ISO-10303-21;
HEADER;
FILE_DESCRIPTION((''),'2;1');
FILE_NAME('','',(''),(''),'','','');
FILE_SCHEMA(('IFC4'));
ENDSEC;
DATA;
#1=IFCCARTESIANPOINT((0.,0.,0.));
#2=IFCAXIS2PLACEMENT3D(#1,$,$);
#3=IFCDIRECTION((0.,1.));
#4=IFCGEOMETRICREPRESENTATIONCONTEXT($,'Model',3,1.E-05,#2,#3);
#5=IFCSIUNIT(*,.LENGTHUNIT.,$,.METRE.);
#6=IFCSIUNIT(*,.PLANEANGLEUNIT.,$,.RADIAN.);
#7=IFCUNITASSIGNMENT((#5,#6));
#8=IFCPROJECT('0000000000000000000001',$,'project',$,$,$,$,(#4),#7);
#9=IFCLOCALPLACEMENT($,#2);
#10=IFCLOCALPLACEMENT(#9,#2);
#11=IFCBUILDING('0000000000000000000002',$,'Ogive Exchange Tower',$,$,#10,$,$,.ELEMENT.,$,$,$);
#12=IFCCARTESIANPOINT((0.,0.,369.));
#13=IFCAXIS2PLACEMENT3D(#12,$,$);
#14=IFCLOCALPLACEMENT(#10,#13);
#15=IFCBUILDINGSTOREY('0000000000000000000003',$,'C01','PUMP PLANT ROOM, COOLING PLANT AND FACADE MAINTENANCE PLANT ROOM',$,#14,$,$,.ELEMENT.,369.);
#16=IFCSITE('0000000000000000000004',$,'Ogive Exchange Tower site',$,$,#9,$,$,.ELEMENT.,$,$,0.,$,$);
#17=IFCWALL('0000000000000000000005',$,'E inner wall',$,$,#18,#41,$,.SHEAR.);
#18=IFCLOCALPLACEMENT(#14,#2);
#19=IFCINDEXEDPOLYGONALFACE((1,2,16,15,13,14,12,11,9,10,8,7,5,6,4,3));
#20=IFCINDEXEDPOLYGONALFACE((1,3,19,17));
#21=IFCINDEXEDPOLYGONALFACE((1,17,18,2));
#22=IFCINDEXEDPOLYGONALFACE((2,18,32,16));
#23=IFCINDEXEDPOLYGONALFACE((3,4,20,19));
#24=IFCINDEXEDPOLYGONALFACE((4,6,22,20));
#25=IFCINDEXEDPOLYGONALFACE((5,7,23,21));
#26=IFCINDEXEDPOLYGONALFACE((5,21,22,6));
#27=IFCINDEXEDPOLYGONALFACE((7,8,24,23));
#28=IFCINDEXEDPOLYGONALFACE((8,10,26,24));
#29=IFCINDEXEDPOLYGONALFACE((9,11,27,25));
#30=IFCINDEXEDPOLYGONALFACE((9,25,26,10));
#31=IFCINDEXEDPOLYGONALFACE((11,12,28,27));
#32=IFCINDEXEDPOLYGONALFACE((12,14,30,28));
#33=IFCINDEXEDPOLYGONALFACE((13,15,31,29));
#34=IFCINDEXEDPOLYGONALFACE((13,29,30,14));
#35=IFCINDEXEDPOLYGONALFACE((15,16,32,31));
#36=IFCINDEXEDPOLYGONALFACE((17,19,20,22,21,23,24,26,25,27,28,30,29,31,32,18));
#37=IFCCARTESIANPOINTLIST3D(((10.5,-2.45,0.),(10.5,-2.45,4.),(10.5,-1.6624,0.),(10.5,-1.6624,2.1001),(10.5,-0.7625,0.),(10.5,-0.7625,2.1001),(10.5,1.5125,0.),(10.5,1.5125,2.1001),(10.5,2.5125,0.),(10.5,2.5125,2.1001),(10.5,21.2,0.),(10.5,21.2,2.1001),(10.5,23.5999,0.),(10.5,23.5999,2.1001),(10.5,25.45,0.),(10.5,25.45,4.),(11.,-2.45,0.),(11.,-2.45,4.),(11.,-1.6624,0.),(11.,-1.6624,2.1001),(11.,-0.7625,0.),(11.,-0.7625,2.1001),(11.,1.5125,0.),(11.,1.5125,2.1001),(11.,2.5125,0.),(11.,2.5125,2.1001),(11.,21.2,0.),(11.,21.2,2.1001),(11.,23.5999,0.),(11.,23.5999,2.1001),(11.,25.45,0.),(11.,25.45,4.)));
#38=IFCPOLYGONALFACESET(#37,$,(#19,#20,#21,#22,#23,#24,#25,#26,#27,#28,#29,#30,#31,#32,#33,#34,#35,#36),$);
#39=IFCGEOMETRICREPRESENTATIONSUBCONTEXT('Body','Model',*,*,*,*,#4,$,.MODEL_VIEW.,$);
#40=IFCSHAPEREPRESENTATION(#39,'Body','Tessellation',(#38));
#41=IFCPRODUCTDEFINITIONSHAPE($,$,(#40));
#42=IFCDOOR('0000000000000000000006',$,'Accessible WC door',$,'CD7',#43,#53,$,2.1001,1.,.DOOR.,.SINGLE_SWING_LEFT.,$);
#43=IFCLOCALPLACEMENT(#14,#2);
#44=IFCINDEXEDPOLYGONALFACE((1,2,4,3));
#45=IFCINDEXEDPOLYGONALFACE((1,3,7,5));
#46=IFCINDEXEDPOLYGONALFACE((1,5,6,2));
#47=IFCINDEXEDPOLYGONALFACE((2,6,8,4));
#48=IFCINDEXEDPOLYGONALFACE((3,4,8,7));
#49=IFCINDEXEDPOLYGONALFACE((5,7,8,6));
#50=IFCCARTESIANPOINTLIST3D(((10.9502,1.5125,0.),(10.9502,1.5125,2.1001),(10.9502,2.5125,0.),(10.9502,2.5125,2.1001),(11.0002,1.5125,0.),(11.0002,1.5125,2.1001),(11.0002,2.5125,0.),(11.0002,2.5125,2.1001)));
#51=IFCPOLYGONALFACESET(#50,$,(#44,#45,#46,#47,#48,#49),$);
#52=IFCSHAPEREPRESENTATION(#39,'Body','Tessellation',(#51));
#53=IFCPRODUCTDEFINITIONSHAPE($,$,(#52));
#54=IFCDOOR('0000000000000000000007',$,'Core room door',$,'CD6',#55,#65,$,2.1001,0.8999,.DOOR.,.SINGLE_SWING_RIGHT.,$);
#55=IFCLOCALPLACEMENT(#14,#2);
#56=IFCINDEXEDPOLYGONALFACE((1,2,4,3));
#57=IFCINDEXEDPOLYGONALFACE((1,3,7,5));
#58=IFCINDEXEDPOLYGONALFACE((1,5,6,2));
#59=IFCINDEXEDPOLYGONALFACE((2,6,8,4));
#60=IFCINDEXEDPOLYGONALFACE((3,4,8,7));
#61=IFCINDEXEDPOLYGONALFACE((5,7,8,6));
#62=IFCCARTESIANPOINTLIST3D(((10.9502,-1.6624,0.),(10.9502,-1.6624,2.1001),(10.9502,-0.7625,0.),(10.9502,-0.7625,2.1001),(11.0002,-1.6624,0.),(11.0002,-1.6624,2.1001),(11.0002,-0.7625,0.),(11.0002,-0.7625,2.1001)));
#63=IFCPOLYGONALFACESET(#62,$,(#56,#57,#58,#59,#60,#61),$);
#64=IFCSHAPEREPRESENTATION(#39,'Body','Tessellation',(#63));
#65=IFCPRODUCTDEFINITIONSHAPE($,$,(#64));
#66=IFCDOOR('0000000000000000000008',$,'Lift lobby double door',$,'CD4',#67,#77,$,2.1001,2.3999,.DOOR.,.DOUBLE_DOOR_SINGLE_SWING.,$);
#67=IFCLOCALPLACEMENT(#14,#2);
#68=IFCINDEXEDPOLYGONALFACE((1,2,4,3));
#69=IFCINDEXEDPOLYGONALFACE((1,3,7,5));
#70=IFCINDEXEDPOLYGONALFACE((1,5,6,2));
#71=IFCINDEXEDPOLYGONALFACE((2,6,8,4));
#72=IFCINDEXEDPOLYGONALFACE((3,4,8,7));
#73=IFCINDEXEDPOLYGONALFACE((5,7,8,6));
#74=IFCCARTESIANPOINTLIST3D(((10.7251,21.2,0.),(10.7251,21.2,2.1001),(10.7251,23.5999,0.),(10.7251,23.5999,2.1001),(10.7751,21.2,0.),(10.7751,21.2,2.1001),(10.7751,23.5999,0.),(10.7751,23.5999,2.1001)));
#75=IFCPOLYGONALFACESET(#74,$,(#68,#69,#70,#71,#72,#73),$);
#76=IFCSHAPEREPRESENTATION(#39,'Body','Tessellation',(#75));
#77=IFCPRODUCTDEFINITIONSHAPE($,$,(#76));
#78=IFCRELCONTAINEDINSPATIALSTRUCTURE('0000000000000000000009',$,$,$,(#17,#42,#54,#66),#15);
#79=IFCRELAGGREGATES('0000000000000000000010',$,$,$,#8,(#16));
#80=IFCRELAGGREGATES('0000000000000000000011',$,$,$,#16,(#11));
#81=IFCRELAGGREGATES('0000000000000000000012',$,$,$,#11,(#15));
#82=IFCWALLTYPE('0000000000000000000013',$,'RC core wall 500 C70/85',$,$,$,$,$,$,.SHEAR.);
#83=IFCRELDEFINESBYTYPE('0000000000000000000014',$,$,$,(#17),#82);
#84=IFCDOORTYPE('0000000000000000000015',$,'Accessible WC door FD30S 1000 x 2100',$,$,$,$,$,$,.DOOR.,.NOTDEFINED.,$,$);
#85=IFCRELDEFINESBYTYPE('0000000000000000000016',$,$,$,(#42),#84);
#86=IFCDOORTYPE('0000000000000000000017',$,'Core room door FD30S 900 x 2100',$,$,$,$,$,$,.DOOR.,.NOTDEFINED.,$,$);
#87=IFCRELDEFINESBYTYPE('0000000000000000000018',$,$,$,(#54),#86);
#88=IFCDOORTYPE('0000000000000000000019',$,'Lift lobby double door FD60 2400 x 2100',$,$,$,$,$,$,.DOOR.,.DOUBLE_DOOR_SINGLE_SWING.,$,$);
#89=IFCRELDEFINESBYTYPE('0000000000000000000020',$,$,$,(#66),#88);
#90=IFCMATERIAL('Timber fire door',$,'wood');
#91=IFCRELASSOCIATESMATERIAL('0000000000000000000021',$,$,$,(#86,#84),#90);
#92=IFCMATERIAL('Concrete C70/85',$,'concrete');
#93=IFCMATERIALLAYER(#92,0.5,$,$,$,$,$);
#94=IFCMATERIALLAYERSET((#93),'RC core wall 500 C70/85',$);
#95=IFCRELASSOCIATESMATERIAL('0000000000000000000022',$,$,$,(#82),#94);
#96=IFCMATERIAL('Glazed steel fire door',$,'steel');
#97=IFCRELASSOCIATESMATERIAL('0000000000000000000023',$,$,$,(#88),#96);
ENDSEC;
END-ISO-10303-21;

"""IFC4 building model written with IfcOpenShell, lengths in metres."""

from ifc_helpers import new_model, si_unit, direction, frame, frame_2d, origin, place, context, subcontext, project, spatial, rectangle, extrude, material, layer, layer_set, type_object, element, fill, save


model = new_model("IFC4")

# Units and contexts
model_context = context("Model", 3, precision=1e-05, world=origin(), true_north=direction((0.0, 1.0)))
body_context = subcontext(model_context, "Body", "Model", "MODEL_VIEW")
ifc_project = project(units=[si_unit("LENGTHUNIT", "METRE"), si_unit("PLANEANGLEUNIT", "RADIAN")], contexts=[model_context])

# Site, building, storey
site_placement = place(None, origin())
site = spatial("IfcSite", under=ifc_project, at=site_placement, Name="Ogive Exchange Tower site", CompositionType="ELEMENT", RefElevation=0.0)
building_placement = place(site_placement, origin())
building = spatial("IfcBuilding", under=site, at=building_placement, Name="Ogive Exchange Tower", CompositionType="ELEMENT")
storey_placement = place(building_placement, frame((0.0, 0.0, 369.0)))
storey = spatial("IfcBuildingStorey", under=building, at=storey_placement, Name="C01", Description="PUMP PLANT ROOM, COOLING PLANT AND FACADE MAINTENANCE PLANT ROOM", CompositionType="ELEMENT", Elevation=369.0)

# Shared definitions
ifc_material_1 = material(Name="Concrete C70/85", Category="concrete")

# Shared definitions
ifc_material_2 = material(Name="Timber fire door", Category="wood")
door_type_1 = type_object("IfcDoorType", Name="Core room door FD30S 900 x 2100", OperationType="NOTDEFINED", PredefinedType="DOOR", material=ifc_material_2)

# Wall, openings, doors
ifc_layer_1 = layer(ifc_material_1, 0.5)
ifc_layer_set_1 = layer_set([ifc_layer_1], Name="RC core wall 500 C70/85")
wall_type_1 = type_object("IfcWallType", Name="RC core wall 500 C70/85", PredefinedType="SHEAR", material=ifc_layer_set_1)
wall_1_placement = place(storey_placement, frame((10.75, -2.45, 0.0), z_axis=(0.0, 0.0, 1.0), x_axis=(0.0, 1.0, 0.0)))
wall_1 = element("IfcWall", 1, at=wall_1_placement, inside=storey, type_object=wall_type_1, Name="E inner wall", PredefinedType="SHEAR", context=body_context, shape_type="SweptSolid", body=[
    extrude(rectangle(XDim=27.8999, YDim=0.5, at=frame_2d((13.95, 0.0))), origin(), (0.0, 0.0, 1.0), 4.0),
])
opening_1_placement = place(wall_1_placement, frame((23.6499, 0.0, 0.0)))
opening_1 = element("IfcOpeningElement", 2, at=opening_1_placement, cuts=wall_1, PredefinedType="OPENING", context=body_context, shape_type="SweptSolid", body=[
    extrude(rectangle(XDim=2.3999, YDim=2.1001, at=frame_2d((1.2, 1.05))), frame((0.0, 0.26, 0.0), z_axis=(0.0, -1.0, 0.0), x_axis=(1.0, 0.0, 0.0)), (0.0, 0.0, 1.0), 0.52),
])
opening_2_placement = place(wall_1_placement, frame((0.7876, 0.0, 0.0)))
opening_2 = element("IfcOpeningElement", 3, at=opening_2_placement, cuts=wall_1, PredefinedType="OPENING", context=body_context, shape_type="SweptSolid", body=[
    extrude(rectangle(XDim=0.8999, YDim=2.1001, at=frame_2d((0.45, 1.05))), frame((0.0, 0.26, 0.0), z_axis=(0.0, -1.0, 0.0), x_axis=(1.0, 0.0, 0.0)), (0.0, 0.0, 1.0), 0.52),
])
opening_3_placement = place(wall_1_placement, frame((3.9624, 0.0, 0.0)))
opening_3 = element("IfcOpeningElement", 4, at=opening_3_placement, cuts=wall_1, PredefinedType="OPENING", context=body_context, shape_type="SweptSolid", body=[
    extrude(rectangle(XDim=1.0, YDim=2.1001, at=frame_2d((0.5, 1.05))), frame((0.0, 0.26, 0.0), z_axis=(0.0, -1.0, 0.0), x_axis=(1.0, 0.0, 0.0)), (0.0, 0.0, 1.0), 0.52),
])
door_type_2 = type_object("IfcDoorType", Name="Accessible WC door FD30S 1000 x 2100", OperationType="NOTDEFINED", PredefinedType="DOOR", material=ifc_material_2)
door_1_placement = place(opening_3_placement, origin())
door_1 = element("IfcDoor", 5, at=door_1_placement, inside=storey, type_object=door_type_2, Name="Accessible WC door", ObjectType="CD7", OperationType="SINGLE_SWING_LEFT", OverallHeight=2.1001, OverallWidth=1.0, PredefinedType="DOOR", context=body_context, shape_type="SweptSolid", body=[
    extrude(rectangle(XDim=1.0, YDim=2.1001, at=frame_2d((0.5, 1.05))), frame((0.0, -0.2002, 0.0), z_axis=(0.0, -1.0, 0.0), x_axis=(1.0, 0.0, 0.0)), (0.0, 0.0, 1.0), 0.05),
])
fill(opening_3, door_1)
door_2_placement = place(opening_2_placement, origin())
door_2 = element("IfcDoor", 6, at=door_2_placement, inside=storey, type_object=door_type_1, Name="Core room door", ObjectType="CD6", OperationType="SINGLE_SWING_RIGHT", OverallHeight=2.1001, OverallWidth=0.8999, PredefinedType="DOOR", context=body_context, shape_type="SweptSolid", body=[
    extrude(rectangle(XDim=0.8999, YDim=2.1001, at=frame_2d((0.45, 1.05))), frame((0.0, -0.2002, 0.0), z_axis=(0.0, -1.0, 0.0), x_axis=(1.0, 0.0, 0.0)), (0.0, 0.0, 1.0), 0.05),
])
fill(opening_2, door_2)
ifc_material_3 = material(Name="Glazed steel fire door", Category="steel")
door_type_3 = type_object("IfcDoorType", Name="Lift lobby double door FD60 2400 x 2100", OperationType="DOUBLE_DOOR_SINGLE_SWING", PredefinedType="DOOR", material=ifc_material_3)
door_3_placement = place(opening_1_placement, origin())
door_3 = element("IfcDoor", 7, at=door_3_placement, inside=storey, type_object=door_type_3, Name="Lift lobby double door", ObjectType="CD4", OperationType="DOUBLE_DOOR_SINGLE_SWING", OverallHeight=2.1001, OverallWidth=2.3999, PredefinedType="DOOR", context=body_context, shape_type="SweptSolid", body=[
    extrude(rectangle(XDim=2.3999, YDim=2.1001, at=frame_2d((1.2, 1.05))), frame((0.0, 0.0249, 0.0), z_axis=(0.0, -1.0, 0.0), x_axis=(1.0, 0.0, 0.0)), (0.0, 0.0, 1.0), 0.05),
])
fill(opening_1, door_3)

save(model, "model.ifc")
